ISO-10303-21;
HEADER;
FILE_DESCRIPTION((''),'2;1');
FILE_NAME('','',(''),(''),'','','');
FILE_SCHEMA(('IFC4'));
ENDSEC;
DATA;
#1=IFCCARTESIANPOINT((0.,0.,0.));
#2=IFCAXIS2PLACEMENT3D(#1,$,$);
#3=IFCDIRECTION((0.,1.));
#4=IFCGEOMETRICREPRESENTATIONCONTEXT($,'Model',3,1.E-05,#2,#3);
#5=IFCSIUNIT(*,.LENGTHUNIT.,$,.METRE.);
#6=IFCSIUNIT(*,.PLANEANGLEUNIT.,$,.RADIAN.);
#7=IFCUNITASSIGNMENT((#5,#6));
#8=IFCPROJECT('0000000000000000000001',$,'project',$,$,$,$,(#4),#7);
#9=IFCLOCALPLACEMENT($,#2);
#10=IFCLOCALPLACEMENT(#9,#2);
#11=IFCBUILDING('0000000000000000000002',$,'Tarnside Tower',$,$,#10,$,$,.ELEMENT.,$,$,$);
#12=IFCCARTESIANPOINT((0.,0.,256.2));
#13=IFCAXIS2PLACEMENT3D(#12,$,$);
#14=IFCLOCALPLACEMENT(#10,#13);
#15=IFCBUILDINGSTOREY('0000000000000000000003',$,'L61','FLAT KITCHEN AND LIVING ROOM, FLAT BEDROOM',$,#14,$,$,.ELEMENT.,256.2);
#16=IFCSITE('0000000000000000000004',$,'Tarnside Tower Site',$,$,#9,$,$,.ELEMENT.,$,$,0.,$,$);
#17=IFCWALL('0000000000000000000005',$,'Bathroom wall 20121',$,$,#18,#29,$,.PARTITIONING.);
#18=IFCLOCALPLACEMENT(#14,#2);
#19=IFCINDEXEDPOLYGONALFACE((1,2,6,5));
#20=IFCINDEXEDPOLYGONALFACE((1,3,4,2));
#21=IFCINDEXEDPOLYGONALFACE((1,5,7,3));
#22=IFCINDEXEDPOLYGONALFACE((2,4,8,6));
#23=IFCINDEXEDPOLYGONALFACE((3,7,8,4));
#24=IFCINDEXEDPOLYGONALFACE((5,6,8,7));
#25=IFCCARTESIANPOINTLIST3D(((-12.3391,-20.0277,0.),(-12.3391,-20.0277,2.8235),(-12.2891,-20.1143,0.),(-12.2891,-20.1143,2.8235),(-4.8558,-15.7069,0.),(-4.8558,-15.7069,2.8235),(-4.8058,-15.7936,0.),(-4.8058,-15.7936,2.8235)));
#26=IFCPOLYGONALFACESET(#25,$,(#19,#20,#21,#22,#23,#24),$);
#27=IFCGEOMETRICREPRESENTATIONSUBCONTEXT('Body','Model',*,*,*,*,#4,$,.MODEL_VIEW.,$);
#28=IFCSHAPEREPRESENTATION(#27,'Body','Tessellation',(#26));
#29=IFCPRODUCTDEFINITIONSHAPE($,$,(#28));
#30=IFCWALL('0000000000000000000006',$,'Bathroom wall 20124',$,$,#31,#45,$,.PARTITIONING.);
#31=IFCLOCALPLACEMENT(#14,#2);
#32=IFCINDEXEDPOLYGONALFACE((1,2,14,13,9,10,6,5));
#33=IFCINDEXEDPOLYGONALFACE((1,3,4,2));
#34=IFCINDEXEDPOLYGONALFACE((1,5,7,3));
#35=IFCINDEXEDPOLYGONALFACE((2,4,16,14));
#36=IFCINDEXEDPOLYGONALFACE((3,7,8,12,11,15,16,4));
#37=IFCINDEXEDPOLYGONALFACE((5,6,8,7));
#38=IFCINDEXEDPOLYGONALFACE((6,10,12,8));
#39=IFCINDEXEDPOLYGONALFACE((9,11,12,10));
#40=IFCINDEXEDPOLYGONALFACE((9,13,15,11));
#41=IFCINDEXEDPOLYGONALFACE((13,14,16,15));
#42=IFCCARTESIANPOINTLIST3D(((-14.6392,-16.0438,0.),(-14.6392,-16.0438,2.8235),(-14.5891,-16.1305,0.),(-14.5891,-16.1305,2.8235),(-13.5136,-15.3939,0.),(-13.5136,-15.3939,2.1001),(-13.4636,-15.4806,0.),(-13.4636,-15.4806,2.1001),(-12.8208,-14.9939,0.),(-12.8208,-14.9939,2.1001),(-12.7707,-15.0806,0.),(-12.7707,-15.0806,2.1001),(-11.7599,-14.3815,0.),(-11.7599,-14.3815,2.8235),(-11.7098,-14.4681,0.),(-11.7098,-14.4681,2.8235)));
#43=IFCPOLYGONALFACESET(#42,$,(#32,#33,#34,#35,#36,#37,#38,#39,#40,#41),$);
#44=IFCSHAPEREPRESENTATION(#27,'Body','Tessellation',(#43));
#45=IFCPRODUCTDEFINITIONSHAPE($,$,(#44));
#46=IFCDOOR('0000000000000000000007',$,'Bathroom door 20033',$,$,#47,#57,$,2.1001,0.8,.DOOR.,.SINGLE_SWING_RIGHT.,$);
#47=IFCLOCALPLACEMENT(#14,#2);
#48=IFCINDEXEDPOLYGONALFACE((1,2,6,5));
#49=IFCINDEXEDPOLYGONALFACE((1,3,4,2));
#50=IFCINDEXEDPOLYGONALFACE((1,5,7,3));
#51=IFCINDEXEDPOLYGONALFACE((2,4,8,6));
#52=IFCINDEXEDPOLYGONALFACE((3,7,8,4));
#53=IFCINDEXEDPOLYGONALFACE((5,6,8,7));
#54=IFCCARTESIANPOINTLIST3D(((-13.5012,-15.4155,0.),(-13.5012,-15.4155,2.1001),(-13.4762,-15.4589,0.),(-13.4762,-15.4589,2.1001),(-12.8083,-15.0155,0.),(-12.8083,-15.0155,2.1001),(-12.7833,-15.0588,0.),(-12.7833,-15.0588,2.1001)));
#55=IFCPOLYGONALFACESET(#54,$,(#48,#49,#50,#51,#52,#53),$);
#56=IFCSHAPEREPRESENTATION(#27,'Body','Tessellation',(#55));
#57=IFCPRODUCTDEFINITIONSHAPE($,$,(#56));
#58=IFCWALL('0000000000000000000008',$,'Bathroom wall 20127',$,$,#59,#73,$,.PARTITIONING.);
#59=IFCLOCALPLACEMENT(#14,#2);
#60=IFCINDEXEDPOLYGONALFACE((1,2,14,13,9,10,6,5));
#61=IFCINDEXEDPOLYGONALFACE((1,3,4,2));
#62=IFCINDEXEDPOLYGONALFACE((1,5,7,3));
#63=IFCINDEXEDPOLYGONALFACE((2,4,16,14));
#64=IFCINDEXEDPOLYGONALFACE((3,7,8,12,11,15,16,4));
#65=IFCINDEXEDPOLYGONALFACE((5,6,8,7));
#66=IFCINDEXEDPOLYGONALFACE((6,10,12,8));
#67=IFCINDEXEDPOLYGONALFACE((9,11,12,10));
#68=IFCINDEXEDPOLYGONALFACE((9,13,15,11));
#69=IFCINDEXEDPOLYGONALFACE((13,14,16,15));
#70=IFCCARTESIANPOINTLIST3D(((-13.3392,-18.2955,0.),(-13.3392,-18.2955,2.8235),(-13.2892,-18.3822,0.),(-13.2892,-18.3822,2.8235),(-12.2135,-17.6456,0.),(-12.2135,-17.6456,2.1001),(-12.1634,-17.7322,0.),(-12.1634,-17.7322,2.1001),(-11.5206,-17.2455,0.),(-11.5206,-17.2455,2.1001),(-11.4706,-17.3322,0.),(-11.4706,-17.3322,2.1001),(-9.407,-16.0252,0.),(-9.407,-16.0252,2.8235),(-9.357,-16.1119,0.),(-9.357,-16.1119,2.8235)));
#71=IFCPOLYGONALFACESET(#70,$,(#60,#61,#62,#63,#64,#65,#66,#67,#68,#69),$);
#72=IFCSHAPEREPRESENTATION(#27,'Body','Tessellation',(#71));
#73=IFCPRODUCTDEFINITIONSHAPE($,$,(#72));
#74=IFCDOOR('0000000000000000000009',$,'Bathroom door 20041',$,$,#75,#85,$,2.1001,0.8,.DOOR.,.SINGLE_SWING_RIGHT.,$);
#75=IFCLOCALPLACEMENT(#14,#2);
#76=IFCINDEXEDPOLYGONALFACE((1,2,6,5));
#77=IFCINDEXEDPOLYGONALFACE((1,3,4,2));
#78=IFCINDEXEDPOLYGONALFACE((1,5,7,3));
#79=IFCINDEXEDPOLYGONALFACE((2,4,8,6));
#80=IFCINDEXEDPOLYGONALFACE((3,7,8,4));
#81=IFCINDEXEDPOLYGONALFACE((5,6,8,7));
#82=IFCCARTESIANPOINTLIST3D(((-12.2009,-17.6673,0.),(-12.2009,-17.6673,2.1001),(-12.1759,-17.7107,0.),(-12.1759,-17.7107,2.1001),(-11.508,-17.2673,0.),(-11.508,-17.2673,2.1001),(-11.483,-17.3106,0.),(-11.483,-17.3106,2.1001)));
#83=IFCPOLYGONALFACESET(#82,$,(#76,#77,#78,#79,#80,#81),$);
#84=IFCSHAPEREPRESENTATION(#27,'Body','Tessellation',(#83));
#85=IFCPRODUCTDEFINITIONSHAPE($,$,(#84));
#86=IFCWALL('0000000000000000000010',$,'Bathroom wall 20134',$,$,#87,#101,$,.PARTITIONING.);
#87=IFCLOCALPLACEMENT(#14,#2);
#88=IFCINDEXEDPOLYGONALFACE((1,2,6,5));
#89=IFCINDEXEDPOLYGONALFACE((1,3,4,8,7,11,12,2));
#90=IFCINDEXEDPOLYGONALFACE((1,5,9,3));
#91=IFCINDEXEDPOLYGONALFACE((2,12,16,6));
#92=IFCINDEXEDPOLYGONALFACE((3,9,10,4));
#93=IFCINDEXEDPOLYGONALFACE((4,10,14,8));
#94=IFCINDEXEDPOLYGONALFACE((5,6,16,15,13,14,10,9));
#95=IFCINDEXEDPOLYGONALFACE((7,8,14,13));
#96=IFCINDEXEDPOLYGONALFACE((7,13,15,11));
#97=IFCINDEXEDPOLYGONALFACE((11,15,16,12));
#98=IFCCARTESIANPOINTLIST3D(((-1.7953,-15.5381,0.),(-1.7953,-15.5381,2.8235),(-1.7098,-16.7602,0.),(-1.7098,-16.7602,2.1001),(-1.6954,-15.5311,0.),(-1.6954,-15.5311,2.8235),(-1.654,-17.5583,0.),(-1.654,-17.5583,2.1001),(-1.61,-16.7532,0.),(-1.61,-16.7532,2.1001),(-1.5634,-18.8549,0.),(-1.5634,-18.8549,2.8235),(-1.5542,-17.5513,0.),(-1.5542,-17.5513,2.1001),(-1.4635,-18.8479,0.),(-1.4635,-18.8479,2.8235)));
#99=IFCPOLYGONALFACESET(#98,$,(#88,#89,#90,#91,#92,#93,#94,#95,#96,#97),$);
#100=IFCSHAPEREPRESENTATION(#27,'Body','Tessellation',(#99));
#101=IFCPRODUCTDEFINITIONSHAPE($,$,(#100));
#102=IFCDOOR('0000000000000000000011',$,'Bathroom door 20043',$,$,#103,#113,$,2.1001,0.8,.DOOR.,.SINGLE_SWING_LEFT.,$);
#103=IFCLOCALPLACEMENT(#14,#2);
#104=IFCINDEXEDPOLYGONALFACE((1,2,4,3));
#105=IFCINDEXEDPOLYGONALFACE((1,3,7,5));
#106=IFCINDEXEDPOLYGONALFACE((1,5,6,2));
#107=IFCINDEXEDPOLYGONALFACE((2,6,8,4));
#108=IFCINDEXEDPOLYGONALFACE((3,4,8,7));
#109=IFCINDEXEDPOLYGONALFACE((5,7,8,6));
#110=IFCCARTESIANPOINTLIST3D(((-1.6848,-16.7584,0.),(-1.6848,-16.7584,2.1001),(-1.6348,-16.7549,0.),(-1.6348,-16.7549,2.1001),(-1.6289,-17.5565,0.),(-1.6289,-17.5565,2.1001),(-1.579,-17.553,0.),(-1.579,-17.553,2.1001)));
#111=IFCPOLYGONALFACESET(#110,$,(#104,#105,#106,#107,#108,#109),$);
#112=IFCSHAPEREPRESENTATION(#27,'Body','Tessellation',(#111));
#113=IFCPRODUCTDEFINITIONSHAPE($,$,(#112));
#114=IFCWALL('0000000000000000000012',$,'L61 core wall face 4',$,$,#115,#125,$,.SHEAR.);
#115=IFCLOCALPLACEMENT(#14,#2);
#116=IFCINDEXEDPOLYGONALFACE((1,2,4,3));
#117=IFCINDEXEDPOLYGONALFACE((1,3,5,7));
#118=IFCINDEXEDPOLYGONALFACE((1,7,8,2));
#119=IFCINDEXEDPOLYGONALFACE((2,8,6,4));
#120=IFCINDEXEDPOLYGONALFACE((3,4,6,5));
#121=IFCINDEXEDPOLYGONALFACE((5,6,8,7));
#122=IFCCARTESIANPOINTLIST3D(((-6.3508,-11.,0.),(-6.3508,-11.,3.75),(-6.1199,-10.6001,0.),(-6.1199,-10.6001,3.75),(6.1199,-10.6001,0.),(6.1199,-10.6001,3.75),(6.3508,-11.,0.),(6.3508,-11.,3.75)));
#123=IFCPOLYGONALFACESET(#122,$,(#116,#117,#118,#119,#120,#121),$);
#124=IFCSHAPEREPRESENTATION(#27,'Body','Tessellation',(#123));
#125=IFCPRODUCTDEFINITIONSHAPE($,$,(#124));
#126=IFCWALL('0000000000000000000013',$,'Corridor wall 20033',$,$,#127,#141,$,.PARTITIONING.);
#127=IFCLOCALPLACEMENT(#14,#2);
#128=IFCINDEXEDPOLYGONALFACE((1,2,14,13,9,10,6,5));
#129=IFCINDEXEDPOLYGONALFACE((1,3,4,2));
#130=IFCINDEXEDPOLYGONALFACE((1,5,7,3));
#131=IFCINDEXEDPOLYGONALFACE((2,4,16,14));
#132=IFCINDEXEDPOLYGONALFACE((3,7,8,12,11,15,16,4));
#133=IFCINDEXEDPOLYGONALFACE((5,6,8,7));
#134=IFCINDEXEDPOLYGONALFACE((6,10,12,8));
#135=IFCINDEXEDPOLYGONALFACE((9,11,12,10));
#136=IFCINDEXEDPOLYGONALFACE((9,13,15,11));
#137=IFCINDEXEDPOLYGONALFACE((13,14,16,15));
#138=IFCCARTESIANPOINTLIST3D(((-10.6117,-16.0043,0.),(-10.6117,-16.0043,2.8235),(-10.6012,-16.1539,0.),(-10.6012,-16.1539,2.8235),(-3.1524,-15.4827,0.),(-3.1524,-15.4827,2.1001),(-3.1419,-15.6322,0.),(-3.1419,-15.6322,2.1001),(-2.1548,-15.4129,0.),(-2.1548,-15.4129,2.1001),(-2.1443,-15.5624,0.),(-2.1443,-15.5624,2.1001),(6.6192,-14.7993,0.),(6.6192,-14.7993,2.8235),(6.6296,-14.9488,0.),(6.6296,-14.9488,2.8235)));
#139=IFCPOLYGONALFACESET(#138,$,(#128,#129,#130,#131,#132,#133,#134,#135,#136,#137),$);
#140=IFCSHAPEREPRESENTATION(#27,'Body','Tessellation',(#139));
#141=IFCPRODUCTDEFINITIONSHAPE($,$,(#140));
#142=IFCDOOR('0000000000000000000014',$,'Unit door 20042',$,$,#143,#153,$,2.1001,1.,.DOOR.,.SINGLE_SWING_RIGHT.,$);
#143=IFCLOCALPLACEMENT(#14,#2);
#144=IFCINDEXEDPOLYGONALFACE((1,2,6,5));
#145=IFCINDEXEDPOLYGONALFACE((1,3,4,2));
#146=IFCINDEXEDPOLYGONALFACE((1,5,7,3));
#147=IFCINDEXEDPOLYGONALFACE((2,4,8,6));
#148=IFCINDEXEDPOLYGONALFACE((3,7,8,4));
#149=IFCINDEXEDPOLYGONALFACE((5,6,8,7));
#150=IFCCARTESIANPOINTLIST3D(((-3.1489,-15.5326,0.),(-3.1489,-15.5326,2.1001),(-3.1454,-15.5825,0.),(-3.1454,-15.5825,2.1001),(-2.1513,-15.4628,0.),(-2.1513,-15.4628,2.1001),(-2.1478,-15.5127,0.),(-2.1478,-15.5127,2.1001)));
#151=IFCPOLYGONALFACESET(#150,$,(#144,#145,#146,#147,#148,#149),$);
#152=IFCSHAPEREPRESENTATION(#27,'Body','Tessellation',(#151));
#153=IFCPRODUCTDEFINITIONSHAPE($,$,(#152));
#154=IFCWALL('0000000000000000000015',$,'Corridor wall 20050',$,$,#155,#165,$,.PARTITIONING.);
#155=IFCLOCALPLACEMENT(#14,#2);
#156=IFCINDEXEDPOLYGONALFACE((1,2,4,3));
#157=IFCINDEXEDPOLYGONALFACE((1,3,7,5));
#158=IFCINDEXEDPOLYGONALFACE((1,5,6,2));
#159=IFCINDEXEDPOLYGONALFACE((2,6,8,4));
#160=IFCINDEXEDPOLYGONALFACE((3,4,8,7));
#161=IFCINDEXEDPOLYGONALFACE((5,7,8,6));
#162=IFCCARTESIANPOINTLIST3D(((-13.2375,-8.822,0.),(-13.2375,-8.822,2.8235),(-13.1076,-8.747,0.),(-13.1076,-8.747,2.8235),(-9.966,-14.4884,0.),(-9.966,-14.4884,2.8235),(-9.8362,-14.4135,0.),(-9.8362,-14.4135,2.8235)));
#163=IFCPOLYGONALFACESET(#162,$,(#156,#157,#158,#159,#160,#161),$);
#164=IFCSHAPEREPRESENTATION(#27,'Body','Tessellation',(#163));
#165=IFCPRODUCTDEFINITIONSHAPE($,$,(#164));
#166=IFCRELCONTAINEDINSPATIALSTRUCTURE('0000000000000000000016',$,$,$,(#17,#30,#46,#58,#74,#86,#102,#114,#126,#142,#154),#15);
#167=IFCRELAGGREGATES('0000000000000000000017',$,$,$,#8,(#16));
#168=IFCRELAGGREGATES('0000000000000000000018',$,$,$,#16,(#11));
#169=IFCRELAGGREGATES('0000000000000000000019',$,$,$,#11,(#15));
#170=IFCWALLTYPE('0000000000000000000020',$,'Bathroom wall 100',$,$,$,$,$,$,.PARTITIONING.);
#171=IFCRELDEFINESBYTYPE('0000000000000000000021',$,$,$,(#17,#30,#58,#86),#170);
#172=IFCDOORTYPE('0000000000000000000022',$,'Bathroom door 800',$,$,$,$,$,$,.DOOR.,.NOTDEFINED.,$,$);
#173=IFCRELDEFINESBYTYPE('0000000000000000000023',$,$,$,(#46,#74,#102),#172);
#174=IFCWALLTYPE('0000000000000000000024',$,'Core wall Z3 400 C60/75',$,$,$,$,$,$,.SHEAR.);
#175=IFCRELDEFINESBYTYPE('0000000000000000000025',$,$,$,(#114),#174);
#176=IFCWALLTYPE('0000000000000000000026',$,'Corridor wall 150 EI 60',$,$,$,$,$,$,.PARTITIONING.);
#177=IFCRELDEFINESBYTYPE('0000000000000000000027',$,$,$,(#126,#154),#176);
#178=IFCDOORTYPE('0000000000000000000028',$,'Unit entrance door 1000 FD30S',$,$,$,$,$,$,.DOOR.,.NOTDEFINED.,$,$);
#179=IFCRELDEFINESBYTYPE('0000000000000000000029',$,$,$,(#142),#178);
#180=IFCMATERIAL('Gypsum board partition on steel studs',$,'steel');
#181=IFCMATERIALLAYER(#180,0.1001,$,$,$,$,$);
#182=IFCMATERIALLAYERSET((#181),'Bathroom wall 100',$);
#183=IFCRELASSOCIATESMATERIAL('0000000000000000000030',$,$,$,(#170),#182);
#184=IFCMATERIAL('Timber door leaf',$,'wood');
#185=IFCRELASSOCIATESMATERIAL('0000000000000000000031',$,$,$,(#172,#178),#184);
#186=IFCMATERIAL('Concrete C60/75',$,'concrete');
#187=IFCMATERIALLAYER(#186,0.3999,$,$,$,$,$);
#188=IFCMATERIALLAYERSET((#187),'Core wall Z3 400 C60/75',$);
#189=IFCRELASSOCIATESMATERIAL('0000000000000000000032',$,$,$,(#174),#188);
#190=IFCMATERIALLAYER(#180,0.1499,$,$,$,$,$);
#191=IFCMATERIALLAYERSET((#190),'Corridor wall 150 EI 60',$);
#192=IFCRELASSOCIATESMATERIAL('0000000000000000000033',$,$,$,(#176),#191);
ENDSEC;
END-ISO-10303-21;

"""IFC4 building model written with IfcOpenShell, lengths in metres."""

from ifc_helpers import new_model, si_unit, direction, frame, frame_2d, origin, place, context, subcontext, project, spatial, polyline, rectangle, outline, extrude, material, layer, layer_set, type_object, element, fill, save


model = new_model("IFC4")

# Units and contexts
model_context = context("Model", 3, precision=1e-05, world=origin(), true_north=direction((0.0, 1.0)))
body_context = subcontext(model_context, "Body", "Model", "MODEL_VIEW")
ifc_project = project(units=[si_unit("LENGTHUNIT", "METRE"), si_unit("PLANEANGLEUNIT", "RADIAN")], contexts=[model_context])

# Site, building, storey
site_placement = place(None, origin())
site = spatial("IfcSite", under=ifc_project, at=site_placement, Name="Tarnside Tower Site", CompositionType="ELEMENT", RefElevation=0.0)
building_placement = place(site_placement, origin())
building = spatial("IfcBuilding", under=site, at=building_placement, Name="Tarnside Tower", CompositionType="ELEMENT")
storey_placement = place(building_placement, frame((0.0, 0.0, 256.2)))
storey = spatial("IfcBuildingStorey", under=building, at=storey_placement, Name="L61", Description="FLAT KITCHEN AND LIVING ROOM, FLAT BEDROOM", CompositionType="ELEMENT", Elevation=256.2)

# Wall
ifc_material_1 = material(Name="Gypsum board partition on steel studs", Category="steel")
ifc_layer_1 = layer(ifc_material_1, 0.1001)
ifc_layer_set_1 = layer_set([ifc_layer_1], Name="Bathroom wall 100")
wall_type_1 = type_object("IfcWallType", Name="Bathroom wall 100", PredefinedType="PARTITIONING", material=ifc_layer_set_1)
wall_1_placement = place(storey_placement, frame((-4.8308, -15.7502, 0.0), z_axis=(0.0, 0.0, 1.0), x_axis=(-0.866012, -0.500022, 0.0)))
element("IfcWall", 1, at=wall_1_placement, inside=storey, type_object=wall_type_1, Name="Bathroom wall 20121", PredefinedType="PARTITIONING", context=body_context, shape_type="SweptSolid", body=[
    extrude(rectangle(XDim=8.6411, YDim=0.1001, at=frame_2d((4.3206, 0.0))), origin(), (0.0, 0.0, 1.0), 2.8235),
])

# Walls, openings, doors
wall_2_placement = place(storey_placement, frame((-11.7349, -14.4248, 0.0), z_axis=(0.0, 0.0, 1.0), x_axis=(-0.866034, -0.499985, 0.0)))
wall_2 = element("IfcWall", 2, at=wall_2_placement, inside=storey, type_object=wall_type_1, Name="Bathroom wall 20124", PredefinedType="PARTITIONING", context=body_context, shape_type="SweptSolid", body=[
    extrude(rectangle(XDim=3.3247, YDim=0.1001, at=frame_2d((1.6624, 0.0))), origin(), (0.0, 0.0, 1.0), 2.8235),
])
opening_1_placement = place(wall_2_placement, frame((1.2251, 0.0, 0.0)))
opening_1 = element("IfcOpeningElement", 3, at=opening_1_placement, cuts=wall_2, PredefinedType="OPENING", context=body_context, shape_type="SweptSolid", body=[
    extrude(rectangle(XDim=0.8, YDim=2.1001, at=frame_2d((0.3999, 1.05))), frame((0.0, 0.0601, 0.0), z_axis=(0.0, -1.0, 0.0), x_axis=(1.0, 0.0, 0.0)), (0.0, 0.0, 1.0), 0.1201),
])
ifc_material_2 = material(Name="Timber door leaf", Category="wood")
door_type_1 = type_object("IfcDoorType", Name="Bathroom door 800", OperationType="NOTDEFINED", PredefinedType="DOOR", material=ifc_material_2)
door_1_placement = place(opening_1_placement, origin())
door_1 = element("IfcDoor", 4, at=door_1_placement, inside=storey, type_object=door_type_1, Name="Bathroom door 20033", OperationType="SINGLE_SWING_RIGHT", OverallHeight=2.1001, OverallWidth=0.8, PredefinedType="DOOR", context=body_context, shape_type="SweptSolid", body=[
    extrude(rectangle(XDim=0.8, YDim=2.1001, at=frame_2d((0.3999, 1.05))), frame((0.0, 0.0249, 0.0), z_axis=(0.0, -1.0, 0.0), x_axis=(1.0, 0.0, 0.0)), (0.0, 0.0, 1.0), 0.05),
])
fill(opening_1, door_1)
wall_3_placement = place(storey_placement, frame((-13.3142, -18.3389, 0.0), z_axis=(0.0, 0.0, 1.0), x_axis=(0.866021, 0.500008, 0.0)))
wall_3 = element("IfcWall", 5, at=wall_3_placement, inside=storey, type_object=wall_type_1, Name="Bathroom wall 20127", PredefinedType="PARTITIONING", context=body_context, shape_type="SweptSolid", body=[
    extrude(rectangle(XDim=4.5405, YDim=0.1001, at=frame_2d((2.2703, 0.0))), origin(), (0.0, 0.0, 1.0), 2.8235),
])
opening_2_placement = place(wall_3_placement, frame((1.3, 0.0, 0.0)))
opening_2 = element("IfcOpeningElement", 6, at=opening_2_placement, cuts=wall_3, PredefinedType="OPENING", context=body_context, shape_type="SweptSolid", body=[
    extrude(rectangle(XDim=0.8, YDim=2.1001, at=frame_2d((0.3999, 1.05))), frame((0.0, 0.0601, 0.0), z_axis=(0.0, -1.0, 0.0), x_axis=(1.0, 0.0, 0.0)), (0.0, 0.0, 1.0), 0.1201),
])
door_2_placement = place(opening_2_placement, origin())
door_2 = element("IfcDoor", 7, at=door_2_placement, inside=storey, type_object=door_type_1, Name="Bathroom door 20041", OperationType="SINGLE_SWING_RIGHT", OverallHeight=2.1001, OverallWidth=0.8, PredefinedType="DOOR", context=body_context, shape_type="SweptSolid", body=[
    extrude(rectangle(XDim=0.8, YDim=2.1001, at=frame_2d((0.3999, 1.05))), frame((0.0, 0.0249, 0.0), z_axis=(0.0, -1.0, 0.0), x_axis=(1.0, 0.0, 0.0)), (0.0, 0.0, 1.0), 0.05),
])
fill(opening_2, door_2)
wall_4_placement = place(storey_placement, frame((-1.5134, -18.8516, 0.0), z_axis=(0.0, 0.0, 1.0), x_axis=(-0.069755, 0.997564, 0.0)))
wall_4 = element("IfcWall", 8, at=wall_4_placement, inside=storey, type_object=wall_type_1, Name="Bathroom wall 20134", PredefinedType="PARTITIONING", context=body_context, shape_type="SweptSolid", body=[
    extrude(rectangle(XDim=3.325, YDim=0.1001, at=frame_2d((1.6626, 0.0))), origin(), (0.0, 0.0, 1.0), 2.8235),
])
opening_3_placement = place(wall_4_placement, frame((1.3, 0.0, 0.0)))
opening_3 = element("IfcOpeningElement", 9, at=opening_3_placement, cuts=wall_4, PredefinedType="OPENING", context=body_context, shape_type="SweptSolid", body=[
    extrude(rectangle(XDim=0.8, YDim=2.1001, at=frame_2d((0.3999, 1.05))), frame((0.0, 0.0601, 0.0), z_axis=(0.0, -1.0, 0.0), x_axis=(1.0, 0.0, 0.0)), (0.0, 0.0, 1.0), 0.1201),
])
door_3_placement = place(opening_3_placement, origin())
door_3 = element("IfcDoor", 10, at=door_3_placement, inside=storey, type_object=door_type_1, Name="Bathroom door 20043", OperationType="SINGLE_SWING_LEFT", OverallHeight=2.1001, OverallWidth=0.8, PredefinedType="DOOR", context=body_context, shape_type="SweptSolid", body=[
    extrude(rectangle(XDim=0.8, YDim=2.1001, at=frame_2d((0.3999, 1.05))), frame((0.0, 0.0249, 0.0), z_axis=(0.0, -1.0, 0.0), x_axis=(1.0, 0.0, 0.0)), (0.0, 0.0, 1.0), 0.05),
])
fill(opening_3, door_3)

# Wall
ifc_material_3 = material(Name="Concrete C60/75", Category="concrete")
ifc_layer_2 = layer(ifc_material_3, 0.3999)
ifc_layer_set_2 = layer_set([ifc_layer_2], Name="Core wall Z3 400 C60/75")
wall_type_2 = type_object("IfcWallType", Name="Core wall Z3 400 C60/75", PredefinedType="SHEAR", material=ifc_layer_set_2)
wall_5_placement = place(storey_placement, frame((-6.2354, -10.8, 0.0), z_axis=(0.0, 0.0, 1.0), x_axis=(1.0, 0.0, 0.0)))
element("IfcWall", 11, at=wall_5_placement, inside=storey, type_object=wall_type_2, Name="L61 core wall face 4", PredefinedType="SHEAR", context=body_context, shape_type="SweptSolid", body=[
    extrude(outline(polyline([(-0.1155, -0.2), (12.5862, -0.2), (12.3552, 0.2), (0.1155, 0.2), (-0.1155, -0.2)])), origin(), (0.0, 0.0, 1.0), 3.75),
])

# Wall, opening, door
ifc_layer_3 = layer(ifc_material_1, 0.1499)
ifc_layer_set_3 = layer_set([ifc_layer_3], Name="Corridor wall 150 EI 60")
wall_type_3 = type_object("IfcWallType", Name="Corridor wall 150 EI 60", PredefinedType="PARTITIONING", material=ifc_layer_set_3)
wall_6_placement = place(storey_placement, frame((-10.6064, -16.0791, 0.0), z_axis=(0.0, 0.0, 1.0), x_axis=(0.997563, 0.069766, 0.0)))
wall_6 = element("IfcWall", 12, at=wall_6_placement, inside=storey, type_object=wall_type_3, Name="Corridor wall 20033", PredefinedType="PARTITIONING", context=body_context, shape_type="SweptSolid", body=[
    extrude(rectangle(XDim=17.2729, YDim=0.1499, at=frame_2d((8.6365, 0.0))), origin(), (0.0, 0.0, 1.0), 2.8235),
])
opening_4_placement = place(wall_6_placement, frame((7.4775, 0.0, 0.0)))
opening_4 = element("IfcOpeningElement", 13, at=opening_4_placement, cuts=wall_6, PredefinedType="OPENING", context=body_context, shape_type="SweptSolid", body=[
    extrude(rectangle(XDim=1.0, YDim=2.1001, at=frame_2d((0.5, 1.05))), frame((0.0, 0.085, 0.0), z_axis=(0.0, -1.0, 0.0), x_axis=(1.0, 0.0, 0.0)), (0.0, 0.0, 1.0), 0.1699),
])
door_type_2 = type_object("IfcDoorType", Name="Unit entrance door 1000 FD30S", OperationType="NOTDEFINED", PredefinedType="DOOR", material=ifc_material_2)
door_4_placement = place(opening_4_placement, origin())
door_4 = element("IfcDoor", 14, at=door_4_placement, inside=storey, type_object=door_type_2, Name="Unit door 20042", OperationType="SINGLE_SWING_RIGHT", OverallHeight=2.1001, OverallWidth=1.0, PredefinedType="DOOR", context=body_context, shape_type="SweptSolid", body=[
    extrude(rectangle(XDim=1.0, YDim=2.1001, at=frame_2d((0.5, 1.05))), frame((0.0, 0.0249, 0.0), z_axis=(0.0, -1.0, 0.0), x_axis=(1.0, 0.0, 0.0)), (0.0, 0.0, 1.0), 0.05),
])
fill(opening_4, door_4)

# Wall
wall_7_placement = place(storey_placement, frame((-9.9011, -14.4509, 0.0), z_axis=(0.0, 0.0, 1.0), x_axis=(-0.499992, 0.86603, 0.0)))
element("IfcWall", 15, at=wall_7_placement, inside=storey, type_object=wall_type_3, Name="Corridor wall 20050", PredefinedType="PARTITIONING", context=body_context, shape_type="SweptSolid", body=[
    extrude(rectangle(XDim=6.543, YDim=0.1499, at=frame_2d((3.2715, 0.0))), origin(), (0.0, 0.0, 1.0), 2.8235),
])

save(model, "model.ifc")
